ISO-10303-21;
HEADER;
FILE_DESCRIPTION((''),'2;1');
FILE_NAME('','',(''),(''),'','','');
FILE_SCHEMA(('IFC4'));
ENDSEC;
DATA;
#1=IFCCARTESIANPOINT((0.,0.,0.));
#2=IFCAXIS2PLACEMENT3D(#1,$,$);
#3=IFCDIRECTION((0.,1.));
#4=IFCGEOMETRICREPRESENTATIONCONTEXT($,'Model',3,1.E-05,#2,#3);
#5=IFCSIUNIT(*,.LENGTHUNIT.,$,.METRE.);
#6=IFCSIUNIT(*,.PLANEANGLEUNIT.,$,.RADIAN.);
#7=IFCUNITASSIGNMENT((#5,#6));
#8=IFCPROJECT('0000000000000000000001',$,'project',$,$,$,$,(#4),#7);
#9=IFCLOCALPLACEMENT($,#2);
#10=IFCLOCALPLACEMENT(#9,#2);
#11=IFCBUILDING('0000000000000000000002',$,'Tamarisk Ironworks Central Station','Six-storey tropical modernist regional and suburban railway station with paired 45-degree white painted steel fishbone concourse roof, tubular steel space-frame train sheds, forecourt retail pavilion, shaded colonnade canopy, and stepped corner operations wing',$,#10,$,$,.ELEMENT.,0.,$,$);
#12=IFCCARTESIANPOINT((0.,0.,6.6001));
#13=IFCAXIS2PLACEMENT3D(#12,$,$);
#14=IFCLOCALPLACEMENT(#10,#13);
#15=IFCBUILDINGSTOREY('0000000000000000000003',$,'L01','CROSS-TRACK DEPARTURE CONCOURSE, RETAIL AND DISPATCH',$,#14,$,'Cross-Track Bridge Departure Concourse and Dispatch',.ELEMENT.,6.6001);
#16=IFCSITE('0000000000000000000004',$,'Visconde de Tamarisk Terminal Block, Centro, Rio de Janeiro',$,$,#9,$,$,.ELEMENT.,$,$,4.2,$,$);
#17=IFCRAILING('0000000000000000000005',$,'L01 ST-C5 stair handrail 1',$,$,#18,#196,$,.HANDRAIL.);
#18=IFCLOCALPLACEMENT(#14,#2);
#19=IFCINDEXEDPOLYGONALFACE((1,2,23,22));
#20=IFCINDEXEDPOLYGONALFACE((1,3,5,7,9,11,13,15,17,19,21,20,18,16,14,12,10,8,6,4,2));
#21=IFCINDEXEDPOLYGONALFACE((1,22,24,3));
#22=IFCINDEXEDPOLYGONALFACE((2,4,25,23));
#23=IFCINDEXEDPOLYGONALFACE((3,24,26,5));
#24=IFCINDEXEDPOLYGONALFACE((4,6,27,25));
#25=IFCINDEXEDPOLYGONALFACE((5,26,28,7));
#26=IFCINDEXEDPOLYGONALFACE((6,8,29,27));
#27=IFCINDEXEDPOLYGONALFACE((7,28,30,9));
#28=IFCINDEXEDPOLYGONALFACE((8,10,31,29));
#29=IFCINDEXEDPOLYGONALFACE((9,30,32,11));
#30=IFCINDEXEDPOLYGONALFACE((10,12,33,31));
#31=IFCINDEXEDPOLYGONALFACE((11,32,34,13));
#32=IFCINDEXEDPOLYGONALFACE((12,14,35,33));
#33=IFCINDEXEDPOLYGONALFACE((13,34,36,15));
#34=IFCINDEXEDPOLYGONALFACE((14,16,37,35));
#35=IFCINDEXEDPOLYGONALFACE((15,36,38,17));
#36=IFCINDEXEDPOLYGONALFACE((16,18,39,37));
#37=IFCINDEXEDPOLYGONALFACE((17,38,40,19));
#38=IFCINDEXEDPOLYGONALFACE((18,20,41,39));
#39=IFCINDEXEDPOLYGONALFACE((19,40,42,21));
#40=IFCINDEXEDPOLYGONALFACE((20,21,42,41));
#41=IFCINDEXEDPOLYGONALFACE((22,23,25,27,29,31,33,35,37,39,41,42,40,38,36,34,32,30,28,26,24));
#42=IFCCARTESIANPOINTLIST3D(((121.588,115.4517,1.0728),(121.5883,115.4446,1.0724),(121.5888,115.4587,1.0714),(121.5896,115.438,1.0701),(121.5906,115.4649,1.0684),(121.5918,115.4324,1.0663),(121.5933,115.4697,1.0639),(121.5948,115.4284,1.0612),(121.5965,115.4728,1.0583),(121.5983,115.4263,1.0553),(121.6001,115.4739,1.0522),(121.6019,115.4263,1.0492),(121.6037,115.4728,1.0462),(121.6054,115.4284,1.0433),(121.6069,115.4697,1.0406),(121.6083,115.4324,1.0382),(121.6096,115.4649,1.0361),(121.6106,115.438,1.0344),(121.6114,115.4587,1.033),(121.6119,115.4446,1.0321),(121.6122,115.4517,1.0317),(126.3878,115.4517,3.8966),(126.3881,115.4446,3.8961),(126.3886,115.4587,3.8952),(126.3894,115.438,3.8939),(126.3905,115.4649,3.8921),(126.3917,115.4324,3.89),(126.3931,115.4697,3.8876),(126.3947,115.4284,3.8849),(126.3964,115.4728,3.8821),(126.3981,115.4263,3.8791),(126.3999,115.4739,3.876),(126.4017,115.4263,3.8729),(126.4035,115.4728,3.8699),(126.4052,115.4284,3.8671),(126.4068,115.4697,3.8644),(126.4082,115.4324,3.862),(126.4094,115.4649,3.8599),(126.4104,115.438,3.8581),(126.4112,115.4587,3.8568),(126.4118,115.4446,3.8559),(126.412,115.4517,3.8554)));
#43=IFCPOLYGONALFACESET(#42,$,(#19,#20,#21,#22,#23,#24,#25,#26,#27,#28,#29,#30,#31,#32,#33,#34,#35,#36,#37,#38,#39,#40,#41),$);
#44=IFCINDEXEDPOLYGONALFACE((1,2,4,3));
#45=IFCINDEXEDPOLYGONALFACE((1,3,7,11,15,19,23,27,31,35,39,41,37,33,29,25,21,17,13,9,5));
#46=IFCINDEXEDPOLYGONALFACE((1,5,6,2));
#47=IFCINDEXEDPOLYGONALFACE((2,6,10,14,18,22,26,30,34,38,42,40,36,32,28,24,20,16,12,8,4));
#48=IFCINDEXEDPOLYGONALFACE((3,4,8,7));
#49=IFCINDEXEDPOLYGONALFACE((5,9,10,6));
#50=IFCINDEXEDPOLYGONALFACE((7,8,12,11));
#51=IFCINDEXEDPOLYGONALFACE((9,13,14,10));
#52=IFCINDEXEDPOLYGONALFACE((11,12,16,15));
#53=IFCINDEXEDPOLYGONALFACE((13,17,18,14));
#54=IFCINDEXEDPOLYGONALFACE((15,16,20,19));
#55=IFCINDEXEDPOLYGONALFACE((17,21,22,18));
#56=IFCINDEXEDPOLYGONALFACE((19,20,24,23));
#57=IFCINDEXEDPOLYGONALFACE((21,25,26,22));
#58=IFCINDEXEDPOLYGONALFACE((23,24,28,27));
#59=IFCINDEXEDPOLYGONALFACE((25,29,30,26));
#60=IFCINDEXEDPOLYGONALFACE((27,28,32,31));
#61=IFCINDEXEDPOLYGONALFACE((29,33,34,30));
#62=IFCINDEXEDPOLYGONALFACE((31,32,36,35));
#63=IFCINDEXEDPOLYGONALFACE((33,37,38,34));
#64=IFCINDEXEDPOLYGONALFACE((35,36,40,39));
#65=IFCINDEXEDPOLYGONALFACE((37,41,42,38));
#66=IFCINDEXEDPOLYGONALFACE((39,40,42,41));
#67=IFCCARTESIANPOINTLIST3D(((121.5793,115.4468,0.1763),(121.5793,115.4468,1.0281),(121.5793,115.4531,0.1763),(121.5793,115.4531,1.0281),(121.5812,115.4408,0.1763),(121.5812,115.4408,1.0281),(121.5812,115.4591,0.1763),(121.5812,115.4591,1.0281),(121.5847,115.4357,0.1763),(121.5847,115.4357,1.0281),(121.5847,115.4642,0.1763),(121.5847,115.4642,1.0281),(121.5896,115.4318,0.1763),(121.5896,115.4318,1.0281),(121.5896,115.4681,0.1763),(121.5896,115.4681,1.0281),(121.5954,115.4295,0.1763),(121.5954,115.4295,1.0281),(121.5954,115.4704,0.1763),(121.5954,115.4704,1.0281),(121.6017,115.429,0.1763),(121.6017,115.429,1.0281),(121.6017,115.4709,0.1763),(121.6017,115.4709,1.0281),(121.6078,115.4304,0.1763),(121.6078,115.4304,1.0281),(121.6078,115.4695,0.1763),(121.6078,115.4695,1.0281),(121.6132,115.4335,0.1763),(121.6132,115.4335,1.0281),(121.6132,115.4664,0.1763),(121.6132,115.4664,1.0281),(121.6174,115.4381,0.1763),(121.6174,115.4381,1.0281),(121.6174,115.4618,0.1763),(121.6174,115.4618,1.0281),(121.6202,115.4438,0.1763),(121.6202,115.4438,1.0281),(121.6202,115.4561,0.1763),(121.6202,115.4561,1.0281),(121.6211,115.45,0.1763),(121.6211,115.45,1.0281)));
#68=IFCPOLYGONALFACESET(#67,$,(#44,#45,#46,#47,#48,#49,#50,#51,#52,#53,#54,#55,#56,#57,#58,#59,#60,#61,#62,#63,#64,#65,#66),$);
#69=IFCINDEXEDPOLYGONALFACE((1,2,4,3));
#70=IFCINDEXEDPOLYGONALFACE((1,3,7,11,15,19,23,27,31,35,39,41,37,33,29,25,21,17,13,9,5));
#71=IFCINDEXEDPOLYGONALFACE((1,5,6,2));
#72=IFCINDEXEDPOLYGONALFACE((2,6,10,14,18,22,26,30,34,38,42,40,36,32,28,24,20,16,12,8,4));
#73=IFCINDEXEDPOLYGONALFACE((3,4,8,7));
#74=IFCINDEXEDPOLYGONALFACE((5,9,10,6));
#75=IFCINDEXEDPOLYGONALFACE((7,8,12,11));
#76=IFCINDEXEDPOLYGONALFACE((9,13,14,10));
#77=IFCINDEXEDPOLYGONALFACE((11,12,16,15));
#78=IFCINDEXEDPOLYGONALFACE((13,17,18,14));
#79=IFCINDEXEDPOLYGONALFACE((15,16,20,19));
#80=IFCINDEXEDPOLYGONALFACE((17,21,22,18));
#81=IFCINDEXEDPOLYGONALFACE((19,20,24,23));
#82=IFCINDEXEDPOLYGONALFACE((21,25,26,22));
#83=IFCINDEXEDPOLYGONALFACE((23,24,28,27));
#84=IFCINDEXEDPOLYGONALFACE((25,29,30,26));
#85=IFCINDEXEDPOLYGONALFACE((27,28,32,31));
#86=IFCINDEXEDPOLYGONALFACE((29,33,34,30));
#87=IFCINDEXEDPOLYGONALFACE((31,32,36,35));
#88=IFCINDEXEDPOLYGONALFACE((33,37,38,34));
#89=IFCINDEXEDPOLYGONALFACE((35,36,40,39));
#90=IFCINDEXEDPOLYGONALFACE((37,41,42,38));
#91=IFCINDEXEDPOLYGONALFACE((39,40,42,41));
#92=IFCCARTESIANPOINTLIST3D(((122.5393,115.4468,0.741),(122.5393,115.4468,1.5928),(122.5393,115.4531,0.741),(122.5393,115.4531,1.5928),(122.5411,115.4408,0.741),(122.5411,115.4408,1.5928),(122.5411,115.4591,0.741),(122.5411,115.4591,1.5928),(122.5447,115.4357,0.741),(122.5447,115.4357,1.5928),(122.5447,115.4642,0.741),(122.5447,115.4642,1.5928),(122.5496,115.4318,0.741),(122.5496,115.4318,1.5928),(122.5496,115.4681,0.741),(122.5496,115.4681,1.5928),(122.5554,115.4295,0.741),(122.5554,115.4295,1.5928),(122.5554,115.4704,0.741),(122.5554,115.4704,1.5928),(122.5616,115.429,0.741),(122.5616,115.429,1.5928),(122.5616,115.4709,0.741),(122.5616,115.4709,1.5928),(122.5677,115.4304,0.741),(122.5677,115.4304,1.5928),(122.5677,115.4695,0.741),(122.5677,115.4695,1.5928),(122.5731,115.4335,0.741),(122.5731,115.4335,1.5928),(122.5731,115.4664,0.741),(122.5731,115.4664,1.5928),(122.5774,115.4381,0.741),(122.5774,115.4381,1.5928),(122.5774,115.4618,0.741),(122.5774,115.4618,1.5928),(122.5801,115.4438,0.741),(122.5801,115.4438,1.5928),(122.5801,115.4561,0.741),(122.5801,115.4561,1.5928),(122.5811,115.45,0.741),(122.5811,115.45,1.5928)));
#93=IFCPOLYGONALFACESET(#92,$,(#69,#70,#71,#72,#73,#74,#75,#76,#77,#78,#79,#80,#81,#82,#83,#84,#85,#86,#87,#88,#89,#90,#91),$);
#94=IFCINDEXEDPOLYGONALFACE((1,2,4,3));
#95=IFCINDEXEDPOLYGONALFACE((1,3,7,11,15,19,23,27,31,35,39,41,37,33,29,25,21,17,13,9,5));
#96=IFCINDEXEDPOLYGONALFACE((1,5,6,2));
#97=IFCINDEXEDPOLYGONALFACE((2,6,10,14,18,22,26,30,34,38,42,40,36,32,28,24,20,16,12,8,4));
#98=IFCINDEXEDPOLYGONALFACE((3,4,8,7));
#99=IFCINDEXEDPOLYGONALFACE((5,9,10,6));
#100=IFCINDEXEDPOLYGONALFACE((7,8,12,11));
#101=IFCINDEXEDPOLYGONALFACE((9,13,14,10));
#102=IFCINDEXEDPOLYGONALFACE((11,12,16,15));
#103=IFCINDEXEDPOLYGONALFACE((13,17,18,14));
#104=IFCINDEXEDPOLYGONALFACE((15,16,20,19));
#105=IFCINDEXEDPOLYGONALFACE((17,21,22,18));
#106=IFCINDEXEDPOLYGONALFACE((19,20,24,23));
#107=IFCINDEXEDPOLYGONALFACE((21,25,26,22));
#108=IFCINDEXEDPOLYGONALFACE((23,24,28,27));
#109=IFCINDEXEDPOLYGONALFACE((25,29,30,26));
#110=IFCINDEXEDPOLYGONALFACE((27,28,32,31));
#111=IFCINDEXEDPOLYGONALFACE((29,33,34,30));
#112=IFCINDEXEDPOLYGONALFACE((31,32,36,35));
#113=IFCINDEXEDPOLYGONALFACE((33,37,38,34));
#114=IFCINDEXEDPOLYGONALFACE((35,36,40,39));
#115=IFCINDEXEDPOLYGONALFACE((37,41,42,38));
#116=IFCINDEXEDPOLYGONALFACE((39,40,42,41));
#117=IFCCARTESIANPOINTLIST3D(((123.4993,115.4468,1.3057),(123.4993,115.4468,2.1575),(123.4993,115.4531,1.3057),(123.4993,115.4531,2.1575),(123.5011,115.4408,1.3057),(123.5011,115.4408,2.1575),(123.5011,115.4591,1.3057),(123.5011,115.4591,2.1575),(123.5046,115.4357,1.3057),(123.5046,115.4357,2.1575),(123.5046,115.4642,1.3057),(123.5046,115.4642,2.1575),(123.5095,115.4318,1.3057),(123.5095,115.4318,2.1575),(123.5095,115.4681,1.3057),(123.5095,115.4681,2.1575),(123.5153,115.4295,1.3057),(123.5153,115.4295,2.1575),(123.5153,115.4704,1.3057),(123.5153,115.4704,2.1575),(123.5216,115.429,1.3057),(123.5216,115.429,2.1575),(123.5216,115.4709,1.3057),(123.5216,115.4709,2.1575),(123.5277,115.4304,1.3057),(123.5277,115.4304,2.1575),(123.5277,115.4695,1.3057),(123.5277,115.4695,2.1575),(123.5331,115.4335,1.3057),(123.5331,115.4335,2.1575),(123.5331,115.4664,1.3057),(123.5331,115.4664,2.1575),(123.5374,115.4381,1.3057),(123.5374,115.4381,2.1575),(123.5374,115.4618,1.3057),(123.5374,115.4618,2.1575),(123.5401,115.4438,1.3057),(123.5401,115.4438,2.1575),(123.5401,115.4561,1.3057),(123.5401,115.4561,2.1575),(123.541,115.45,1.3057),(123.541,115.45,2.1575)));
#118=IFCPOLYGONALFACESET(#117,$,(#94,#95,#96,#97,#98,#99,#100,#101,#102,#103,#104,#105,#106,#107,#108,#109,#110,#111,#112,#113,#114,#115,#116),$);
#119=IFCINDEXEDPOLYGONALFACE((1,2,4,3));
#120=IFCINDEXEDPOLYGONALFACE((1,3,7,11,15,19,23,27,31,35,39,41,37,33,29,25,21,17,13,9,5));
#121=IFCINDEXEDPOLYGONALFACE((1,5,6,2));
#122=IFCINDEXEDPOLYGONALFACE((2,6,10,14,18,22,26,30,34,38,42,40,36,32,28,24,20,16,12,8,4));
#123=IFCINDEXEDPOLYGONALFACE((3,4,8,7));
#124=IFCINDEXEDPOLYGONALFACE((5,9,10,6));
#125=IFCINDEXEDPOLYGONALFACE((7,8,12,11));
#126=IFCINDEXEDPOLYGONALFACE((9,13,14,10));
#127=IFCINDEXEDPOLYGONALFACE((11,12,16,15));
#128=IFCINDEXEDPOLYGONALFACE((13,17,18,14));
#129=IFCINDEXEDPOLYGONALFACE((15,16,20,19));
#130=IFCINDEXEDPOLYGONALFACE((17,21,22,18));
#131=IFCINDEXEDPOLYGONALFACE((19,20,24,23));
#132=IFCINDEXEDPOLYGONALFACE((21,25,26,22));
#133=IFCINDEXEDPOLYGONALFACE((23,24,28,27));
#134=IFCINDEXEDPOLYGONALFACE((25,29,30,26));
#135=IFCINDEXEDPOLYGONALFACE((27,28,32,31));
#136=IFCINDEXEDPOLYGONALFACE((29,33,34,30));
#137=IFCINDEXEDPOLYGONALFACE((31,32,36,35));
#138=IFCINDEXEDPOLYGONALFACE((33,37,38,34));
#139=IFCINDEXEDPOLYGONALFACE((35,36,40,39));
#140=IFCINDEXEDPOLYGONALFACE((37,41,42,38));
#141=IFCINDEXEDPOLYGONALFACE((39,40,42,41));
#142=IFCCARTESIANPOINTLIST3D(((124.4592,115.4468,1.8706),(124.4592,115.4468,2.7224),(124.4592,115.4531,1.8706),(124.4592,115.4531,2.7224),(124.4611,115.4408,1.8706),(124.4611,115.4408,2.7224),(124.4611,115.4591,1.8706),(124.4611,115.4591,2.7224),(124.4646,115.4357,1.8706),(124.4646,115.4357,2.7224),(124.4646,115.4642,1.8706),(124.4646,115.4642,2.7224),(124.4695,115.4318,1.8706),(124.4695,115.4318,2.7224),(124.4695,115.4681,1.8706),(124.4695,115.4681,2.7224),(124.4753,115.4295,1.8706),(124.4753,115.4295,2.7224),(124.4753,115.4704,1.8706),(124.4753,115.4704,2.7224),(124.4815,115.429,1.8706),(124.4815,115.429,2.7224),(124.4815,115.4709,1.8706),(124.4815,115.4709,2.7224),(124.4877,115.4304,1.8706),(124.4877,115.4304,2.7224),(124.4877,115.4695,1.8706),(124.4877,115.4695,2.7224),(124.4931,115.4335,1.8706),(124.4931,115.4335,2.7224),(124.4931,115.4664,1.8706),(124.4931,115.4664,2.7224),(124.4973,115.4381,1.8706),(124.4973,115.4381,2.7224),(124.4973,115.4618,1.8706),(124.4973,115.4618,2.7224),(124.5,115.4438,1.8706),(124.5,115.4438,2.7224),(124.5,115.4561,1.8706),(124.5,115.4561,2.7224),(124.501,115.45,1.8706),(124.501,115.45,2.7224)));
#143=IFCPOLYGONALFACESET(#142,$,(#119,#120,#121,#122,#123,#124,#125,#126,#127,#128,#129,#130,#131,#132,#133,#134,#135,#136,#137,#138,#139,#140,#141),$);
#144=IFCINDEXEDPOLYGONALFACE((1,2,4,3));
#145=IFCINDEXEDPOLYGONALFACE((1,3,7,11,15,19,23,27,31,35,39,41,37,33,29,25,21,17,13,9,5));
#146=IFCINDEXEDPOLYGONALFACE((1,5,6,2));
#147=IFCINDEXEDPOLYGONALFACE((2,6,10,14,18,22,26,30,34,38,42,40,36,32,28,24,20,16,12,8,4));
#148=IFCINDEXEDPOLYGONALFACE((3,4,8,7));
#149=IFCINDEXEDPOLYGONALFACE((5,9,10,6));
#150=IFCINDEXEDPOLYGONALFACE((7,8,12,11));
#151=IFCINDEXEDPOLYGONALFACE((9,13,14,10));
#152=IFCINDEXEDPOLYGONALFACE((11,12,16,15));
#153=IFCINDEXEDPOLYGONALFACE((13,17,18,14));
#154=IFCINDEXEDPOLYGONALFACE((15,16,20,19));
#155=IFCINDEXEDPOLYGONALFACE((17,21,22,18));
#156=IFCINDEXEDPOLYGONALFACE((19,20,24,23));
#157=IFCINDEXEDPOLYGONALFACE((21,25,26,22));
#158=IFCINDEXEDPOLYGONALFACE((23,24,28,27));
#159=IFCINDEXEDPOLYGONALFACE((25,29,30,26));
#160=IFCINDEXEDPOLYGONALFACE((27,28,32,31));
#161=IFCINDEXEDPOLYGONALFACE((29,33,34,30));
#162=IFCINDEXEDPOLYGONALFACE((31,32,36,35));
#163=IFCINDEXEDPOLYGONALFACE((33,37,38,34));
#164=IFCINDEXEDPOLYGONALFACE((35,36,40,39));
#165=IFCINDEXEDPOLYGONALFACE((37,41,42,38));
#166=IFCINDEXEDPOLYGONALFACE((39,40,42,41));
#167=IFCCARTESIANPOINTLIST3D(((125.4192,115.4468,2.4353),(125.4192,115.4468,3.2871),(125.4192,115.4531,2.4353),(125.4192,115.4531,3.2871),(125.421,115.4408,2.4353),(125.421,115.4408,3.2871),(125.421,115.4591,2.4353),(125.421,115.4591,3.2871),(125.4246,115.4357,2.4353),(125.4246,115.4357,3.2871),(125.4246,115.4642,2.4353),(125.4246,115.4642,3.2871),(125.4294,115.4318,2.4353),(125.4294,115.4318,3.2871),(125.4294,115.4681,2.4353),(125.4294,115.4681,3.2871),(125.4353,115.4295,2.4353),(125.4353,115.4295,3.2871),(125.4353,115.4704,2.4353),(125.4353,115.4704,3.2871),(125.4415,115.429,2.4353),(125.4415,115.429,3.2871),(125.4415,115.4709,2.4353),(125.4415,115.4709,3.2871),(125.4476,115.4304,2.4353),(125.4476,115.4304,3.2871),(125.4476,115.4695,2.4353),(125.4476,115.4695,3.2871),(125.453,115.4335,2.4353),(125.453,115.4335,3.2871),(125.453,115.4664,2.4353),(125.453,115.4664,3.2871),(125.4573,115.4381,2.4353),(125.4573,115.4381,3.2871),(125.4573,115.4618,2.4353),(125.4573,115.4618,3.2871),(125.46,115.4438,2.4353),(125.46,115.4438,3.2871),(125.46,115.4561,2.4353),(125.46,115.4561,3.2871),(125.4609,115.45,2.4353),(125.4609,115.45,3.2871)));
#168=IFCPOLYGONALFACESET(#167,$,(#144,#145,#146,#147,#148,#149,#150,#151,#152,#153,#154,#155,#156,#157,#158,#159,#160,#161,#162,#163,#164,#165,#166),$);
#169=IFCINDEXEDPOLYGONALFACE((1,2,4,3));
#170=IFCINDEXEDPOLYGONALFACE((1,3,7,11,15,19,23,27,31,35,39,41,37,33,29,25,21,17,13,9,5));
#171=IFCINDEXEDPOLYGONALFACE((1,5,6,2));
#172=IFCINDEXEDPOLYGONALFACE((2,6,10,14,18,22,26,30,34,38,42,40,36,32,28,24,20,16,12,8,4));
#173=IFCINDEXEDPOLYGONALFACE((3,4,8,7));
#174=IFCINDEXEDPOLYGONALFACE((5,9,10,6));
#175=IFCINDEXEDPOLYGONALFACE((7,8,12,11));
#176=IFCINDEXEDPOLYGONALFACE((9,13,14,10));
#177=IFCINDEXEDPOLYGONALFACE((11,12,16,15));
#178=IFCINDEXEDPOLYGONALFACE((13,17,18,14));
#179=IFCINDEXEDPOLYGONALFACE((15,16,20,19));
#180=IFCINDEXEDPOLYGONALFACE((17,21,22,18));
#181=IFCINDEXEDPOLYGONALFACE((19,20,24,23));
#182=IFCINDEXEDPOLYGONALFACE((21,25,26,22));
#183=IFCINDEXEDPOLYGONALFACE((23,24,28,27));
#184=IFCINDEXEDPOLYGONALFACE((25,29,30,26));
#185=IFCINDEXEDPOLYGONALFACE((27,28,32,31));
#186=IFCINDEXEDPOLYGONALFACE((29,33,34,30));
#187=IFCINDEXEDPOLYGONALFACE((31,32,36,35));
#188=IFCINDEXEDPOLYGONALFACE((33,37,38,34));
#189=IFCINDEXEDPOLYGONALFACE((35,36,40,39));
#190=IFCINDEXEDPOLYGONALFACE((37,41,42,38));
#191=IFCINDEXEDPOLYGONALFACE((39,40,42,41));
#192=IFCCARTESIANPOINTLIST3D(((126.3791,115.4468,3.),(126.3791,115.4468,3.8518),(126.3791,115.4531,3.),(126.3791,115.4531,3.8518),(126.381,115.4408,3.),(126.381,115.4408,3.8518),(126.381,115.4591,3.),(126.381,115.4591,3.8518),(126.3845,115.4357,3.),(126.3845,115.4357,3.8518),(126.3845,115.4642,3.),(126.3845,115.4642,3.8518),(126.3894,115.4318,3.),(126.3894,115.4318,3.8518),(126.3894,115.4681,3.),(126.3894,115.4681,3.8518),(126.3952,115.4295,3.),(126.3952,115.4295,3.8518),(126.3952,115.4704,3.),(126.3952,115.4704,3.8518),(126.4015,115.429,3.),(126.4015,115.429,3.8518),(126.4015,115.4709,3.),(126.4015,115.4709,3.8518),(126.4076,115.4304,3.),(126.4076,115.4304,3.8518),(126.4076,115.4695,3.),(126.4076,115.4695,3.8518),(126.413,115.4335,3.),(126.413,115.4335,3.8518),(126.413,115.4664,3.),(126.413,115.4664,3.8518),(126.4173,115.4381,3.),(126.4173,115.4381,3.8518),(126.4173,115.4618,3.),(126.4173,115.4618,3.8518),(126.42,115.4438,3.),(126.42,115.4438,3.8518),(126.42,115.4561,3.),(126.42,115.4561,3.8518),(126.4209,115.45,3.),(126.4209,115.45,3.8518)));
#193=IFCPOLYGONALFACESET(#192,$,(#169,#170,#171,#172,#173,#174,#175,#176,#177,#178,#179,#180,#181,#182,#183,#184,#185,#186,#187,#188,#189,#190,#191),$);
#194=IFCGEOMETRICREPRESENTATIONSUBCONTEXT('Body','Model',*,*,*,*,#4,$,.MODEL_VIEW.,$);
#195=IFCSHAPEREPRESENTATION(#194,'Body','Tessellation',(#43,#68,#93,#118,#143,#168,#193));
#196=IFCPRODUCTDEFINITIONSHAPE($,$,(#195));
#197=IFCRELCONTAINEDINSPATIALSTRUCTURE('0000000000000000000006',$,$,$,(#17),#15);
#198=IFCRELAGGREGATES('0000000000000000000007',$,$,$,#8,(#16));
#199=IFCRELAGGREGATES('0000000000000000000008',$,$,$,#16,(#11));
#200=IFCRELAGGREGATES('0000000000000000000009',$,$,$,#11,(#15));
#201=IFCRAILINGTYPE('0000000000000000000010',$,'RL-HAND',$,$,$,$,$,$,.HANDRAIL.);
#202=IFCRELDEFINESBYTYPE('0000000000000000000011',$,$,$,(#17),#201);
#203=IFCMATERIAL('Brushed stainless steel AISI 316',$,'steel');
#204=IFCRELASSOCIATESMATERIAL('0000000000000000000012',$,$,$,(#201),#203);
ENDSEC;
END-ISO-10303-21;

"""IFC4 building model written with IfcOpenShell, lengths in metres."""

from ifc_helpers import new_model, si_unit, direction, frame, origin, origin_2d, place, context, subcontext, project, spatial, circle, extrude, material, type_object, element, save


model = new_model("IFC4")

# Units and contexts
model_context = context("Model", 3, precision=1e-05, world=origin(), true_north=direction((0.0, 1.0)))
body_context = subcontext(model_context, "Body", "Model", "MODEL_VIEW")
ifc_project = project(units=[si_unit("LENGTHUNIT", "METRE"), si_unit("PLANEANGLEUNIT", "RADIAN")], contexts=[model_context])

# Site, building, storey
site_placement = place(None, origin())
site = spatial("IfcSite", under=ifc_project, at=site_placement, Name="Visconde de Tamarisk Terminal Block, Centro, Rio de Janeiro", CompositionType="ELEMENT", RefElevation=4.2)
building_placement = place(site_placement, origin())
building = spatial("IfcBuilding", under=site, at=building_placement, Name="Tamarisk Ironworks Central Station", Description="Six-storey tropical modernist regional and suburban railway station with paired 45-degree white painted steel fishbone concourse roof, tubular steel space-frame train sheds, forecourt retail pavilion, shaded colonnade canopy, and stepped corner operations wing", CompositionType="ELEMENT", ElevationOfRefHeight=0.0)
storey_placement = place(building_placement, frame((0.0, 0.0, 6.6001)))
storey = spatial("IfcBuildingStorey", under=building, at=storey_placement, Name="L01", Description="CROSS-TRACK DEPARTURE CONCOURSE, RETAIL AND DISPATCH", LongName="Cross-Track Bridge Departure Concourse and Dispatch", CompositionType="ELEMENT", Elevation=6.6001)

# Railing
ifc_material_1 = material(Name="Brushed stainless steel AISI 316", Category="steel")
railing_type_1 = type_object("IfcRailingType", Name="RL-HAND", PredefinedType="HANDRAIL", material=ifc_material_1)
railing_1_placement = place(storey_placement, frame((121.6001, 115.45, 0.1763)))
element("IfcRailing", 1, at=railing_1_placement, inside=storey, type_object=railing_type_1, Name="L01 ST-C5 stair handrail 1", PredefinedType="HANDRAIL", context=body_context, shape_type="SweptSolid", body=[
    extrude(circle(Radius=0.0239, at=origin_2d()), frame((0.0, 0.0, 0.876), z_axis=(0.861909, 0.0, 0.507062), x_axis=(0.0, 1.0, 0.0)), (0.0, 0.0, 1.0), 5.5688),
    extrude(circle(Radius=0.021, at=origin_2d()), origin(), (0.0, 0.0, 1.0), 0.8518),
    extrude(circle(Radius=0.021, at=origin_2d()), frame((0.96, 0.0, 0.5647)), (0.0, 0.0, 1.0), 0.8518),
    extrude(circle(Radius=0.021, at=origin_2d()), frame((1.9199, 0.0, 1.1294)), (0.0, 0.0, 1.0), 0.8518),
    extrude(circle(Radius=0.021, at=origin_2d()), frame((2.8799, 0.0, 1.6943)), (0.0, 0.0, 1.0), 0.8518),
    extrude(circle(Radius=0.021, at=origin_2d()), frame((3.8398, 0.0, 2.259)), (0.0, 0.0, 1.0), 0.8518),
    extrude(circle(Radius=0.021, at=origin_2d()), frame((4.7998, 0.0, 2.8237)), (0.0, 0.0, 1.0), 0.8518),
])

save(model, "model.ifc")
